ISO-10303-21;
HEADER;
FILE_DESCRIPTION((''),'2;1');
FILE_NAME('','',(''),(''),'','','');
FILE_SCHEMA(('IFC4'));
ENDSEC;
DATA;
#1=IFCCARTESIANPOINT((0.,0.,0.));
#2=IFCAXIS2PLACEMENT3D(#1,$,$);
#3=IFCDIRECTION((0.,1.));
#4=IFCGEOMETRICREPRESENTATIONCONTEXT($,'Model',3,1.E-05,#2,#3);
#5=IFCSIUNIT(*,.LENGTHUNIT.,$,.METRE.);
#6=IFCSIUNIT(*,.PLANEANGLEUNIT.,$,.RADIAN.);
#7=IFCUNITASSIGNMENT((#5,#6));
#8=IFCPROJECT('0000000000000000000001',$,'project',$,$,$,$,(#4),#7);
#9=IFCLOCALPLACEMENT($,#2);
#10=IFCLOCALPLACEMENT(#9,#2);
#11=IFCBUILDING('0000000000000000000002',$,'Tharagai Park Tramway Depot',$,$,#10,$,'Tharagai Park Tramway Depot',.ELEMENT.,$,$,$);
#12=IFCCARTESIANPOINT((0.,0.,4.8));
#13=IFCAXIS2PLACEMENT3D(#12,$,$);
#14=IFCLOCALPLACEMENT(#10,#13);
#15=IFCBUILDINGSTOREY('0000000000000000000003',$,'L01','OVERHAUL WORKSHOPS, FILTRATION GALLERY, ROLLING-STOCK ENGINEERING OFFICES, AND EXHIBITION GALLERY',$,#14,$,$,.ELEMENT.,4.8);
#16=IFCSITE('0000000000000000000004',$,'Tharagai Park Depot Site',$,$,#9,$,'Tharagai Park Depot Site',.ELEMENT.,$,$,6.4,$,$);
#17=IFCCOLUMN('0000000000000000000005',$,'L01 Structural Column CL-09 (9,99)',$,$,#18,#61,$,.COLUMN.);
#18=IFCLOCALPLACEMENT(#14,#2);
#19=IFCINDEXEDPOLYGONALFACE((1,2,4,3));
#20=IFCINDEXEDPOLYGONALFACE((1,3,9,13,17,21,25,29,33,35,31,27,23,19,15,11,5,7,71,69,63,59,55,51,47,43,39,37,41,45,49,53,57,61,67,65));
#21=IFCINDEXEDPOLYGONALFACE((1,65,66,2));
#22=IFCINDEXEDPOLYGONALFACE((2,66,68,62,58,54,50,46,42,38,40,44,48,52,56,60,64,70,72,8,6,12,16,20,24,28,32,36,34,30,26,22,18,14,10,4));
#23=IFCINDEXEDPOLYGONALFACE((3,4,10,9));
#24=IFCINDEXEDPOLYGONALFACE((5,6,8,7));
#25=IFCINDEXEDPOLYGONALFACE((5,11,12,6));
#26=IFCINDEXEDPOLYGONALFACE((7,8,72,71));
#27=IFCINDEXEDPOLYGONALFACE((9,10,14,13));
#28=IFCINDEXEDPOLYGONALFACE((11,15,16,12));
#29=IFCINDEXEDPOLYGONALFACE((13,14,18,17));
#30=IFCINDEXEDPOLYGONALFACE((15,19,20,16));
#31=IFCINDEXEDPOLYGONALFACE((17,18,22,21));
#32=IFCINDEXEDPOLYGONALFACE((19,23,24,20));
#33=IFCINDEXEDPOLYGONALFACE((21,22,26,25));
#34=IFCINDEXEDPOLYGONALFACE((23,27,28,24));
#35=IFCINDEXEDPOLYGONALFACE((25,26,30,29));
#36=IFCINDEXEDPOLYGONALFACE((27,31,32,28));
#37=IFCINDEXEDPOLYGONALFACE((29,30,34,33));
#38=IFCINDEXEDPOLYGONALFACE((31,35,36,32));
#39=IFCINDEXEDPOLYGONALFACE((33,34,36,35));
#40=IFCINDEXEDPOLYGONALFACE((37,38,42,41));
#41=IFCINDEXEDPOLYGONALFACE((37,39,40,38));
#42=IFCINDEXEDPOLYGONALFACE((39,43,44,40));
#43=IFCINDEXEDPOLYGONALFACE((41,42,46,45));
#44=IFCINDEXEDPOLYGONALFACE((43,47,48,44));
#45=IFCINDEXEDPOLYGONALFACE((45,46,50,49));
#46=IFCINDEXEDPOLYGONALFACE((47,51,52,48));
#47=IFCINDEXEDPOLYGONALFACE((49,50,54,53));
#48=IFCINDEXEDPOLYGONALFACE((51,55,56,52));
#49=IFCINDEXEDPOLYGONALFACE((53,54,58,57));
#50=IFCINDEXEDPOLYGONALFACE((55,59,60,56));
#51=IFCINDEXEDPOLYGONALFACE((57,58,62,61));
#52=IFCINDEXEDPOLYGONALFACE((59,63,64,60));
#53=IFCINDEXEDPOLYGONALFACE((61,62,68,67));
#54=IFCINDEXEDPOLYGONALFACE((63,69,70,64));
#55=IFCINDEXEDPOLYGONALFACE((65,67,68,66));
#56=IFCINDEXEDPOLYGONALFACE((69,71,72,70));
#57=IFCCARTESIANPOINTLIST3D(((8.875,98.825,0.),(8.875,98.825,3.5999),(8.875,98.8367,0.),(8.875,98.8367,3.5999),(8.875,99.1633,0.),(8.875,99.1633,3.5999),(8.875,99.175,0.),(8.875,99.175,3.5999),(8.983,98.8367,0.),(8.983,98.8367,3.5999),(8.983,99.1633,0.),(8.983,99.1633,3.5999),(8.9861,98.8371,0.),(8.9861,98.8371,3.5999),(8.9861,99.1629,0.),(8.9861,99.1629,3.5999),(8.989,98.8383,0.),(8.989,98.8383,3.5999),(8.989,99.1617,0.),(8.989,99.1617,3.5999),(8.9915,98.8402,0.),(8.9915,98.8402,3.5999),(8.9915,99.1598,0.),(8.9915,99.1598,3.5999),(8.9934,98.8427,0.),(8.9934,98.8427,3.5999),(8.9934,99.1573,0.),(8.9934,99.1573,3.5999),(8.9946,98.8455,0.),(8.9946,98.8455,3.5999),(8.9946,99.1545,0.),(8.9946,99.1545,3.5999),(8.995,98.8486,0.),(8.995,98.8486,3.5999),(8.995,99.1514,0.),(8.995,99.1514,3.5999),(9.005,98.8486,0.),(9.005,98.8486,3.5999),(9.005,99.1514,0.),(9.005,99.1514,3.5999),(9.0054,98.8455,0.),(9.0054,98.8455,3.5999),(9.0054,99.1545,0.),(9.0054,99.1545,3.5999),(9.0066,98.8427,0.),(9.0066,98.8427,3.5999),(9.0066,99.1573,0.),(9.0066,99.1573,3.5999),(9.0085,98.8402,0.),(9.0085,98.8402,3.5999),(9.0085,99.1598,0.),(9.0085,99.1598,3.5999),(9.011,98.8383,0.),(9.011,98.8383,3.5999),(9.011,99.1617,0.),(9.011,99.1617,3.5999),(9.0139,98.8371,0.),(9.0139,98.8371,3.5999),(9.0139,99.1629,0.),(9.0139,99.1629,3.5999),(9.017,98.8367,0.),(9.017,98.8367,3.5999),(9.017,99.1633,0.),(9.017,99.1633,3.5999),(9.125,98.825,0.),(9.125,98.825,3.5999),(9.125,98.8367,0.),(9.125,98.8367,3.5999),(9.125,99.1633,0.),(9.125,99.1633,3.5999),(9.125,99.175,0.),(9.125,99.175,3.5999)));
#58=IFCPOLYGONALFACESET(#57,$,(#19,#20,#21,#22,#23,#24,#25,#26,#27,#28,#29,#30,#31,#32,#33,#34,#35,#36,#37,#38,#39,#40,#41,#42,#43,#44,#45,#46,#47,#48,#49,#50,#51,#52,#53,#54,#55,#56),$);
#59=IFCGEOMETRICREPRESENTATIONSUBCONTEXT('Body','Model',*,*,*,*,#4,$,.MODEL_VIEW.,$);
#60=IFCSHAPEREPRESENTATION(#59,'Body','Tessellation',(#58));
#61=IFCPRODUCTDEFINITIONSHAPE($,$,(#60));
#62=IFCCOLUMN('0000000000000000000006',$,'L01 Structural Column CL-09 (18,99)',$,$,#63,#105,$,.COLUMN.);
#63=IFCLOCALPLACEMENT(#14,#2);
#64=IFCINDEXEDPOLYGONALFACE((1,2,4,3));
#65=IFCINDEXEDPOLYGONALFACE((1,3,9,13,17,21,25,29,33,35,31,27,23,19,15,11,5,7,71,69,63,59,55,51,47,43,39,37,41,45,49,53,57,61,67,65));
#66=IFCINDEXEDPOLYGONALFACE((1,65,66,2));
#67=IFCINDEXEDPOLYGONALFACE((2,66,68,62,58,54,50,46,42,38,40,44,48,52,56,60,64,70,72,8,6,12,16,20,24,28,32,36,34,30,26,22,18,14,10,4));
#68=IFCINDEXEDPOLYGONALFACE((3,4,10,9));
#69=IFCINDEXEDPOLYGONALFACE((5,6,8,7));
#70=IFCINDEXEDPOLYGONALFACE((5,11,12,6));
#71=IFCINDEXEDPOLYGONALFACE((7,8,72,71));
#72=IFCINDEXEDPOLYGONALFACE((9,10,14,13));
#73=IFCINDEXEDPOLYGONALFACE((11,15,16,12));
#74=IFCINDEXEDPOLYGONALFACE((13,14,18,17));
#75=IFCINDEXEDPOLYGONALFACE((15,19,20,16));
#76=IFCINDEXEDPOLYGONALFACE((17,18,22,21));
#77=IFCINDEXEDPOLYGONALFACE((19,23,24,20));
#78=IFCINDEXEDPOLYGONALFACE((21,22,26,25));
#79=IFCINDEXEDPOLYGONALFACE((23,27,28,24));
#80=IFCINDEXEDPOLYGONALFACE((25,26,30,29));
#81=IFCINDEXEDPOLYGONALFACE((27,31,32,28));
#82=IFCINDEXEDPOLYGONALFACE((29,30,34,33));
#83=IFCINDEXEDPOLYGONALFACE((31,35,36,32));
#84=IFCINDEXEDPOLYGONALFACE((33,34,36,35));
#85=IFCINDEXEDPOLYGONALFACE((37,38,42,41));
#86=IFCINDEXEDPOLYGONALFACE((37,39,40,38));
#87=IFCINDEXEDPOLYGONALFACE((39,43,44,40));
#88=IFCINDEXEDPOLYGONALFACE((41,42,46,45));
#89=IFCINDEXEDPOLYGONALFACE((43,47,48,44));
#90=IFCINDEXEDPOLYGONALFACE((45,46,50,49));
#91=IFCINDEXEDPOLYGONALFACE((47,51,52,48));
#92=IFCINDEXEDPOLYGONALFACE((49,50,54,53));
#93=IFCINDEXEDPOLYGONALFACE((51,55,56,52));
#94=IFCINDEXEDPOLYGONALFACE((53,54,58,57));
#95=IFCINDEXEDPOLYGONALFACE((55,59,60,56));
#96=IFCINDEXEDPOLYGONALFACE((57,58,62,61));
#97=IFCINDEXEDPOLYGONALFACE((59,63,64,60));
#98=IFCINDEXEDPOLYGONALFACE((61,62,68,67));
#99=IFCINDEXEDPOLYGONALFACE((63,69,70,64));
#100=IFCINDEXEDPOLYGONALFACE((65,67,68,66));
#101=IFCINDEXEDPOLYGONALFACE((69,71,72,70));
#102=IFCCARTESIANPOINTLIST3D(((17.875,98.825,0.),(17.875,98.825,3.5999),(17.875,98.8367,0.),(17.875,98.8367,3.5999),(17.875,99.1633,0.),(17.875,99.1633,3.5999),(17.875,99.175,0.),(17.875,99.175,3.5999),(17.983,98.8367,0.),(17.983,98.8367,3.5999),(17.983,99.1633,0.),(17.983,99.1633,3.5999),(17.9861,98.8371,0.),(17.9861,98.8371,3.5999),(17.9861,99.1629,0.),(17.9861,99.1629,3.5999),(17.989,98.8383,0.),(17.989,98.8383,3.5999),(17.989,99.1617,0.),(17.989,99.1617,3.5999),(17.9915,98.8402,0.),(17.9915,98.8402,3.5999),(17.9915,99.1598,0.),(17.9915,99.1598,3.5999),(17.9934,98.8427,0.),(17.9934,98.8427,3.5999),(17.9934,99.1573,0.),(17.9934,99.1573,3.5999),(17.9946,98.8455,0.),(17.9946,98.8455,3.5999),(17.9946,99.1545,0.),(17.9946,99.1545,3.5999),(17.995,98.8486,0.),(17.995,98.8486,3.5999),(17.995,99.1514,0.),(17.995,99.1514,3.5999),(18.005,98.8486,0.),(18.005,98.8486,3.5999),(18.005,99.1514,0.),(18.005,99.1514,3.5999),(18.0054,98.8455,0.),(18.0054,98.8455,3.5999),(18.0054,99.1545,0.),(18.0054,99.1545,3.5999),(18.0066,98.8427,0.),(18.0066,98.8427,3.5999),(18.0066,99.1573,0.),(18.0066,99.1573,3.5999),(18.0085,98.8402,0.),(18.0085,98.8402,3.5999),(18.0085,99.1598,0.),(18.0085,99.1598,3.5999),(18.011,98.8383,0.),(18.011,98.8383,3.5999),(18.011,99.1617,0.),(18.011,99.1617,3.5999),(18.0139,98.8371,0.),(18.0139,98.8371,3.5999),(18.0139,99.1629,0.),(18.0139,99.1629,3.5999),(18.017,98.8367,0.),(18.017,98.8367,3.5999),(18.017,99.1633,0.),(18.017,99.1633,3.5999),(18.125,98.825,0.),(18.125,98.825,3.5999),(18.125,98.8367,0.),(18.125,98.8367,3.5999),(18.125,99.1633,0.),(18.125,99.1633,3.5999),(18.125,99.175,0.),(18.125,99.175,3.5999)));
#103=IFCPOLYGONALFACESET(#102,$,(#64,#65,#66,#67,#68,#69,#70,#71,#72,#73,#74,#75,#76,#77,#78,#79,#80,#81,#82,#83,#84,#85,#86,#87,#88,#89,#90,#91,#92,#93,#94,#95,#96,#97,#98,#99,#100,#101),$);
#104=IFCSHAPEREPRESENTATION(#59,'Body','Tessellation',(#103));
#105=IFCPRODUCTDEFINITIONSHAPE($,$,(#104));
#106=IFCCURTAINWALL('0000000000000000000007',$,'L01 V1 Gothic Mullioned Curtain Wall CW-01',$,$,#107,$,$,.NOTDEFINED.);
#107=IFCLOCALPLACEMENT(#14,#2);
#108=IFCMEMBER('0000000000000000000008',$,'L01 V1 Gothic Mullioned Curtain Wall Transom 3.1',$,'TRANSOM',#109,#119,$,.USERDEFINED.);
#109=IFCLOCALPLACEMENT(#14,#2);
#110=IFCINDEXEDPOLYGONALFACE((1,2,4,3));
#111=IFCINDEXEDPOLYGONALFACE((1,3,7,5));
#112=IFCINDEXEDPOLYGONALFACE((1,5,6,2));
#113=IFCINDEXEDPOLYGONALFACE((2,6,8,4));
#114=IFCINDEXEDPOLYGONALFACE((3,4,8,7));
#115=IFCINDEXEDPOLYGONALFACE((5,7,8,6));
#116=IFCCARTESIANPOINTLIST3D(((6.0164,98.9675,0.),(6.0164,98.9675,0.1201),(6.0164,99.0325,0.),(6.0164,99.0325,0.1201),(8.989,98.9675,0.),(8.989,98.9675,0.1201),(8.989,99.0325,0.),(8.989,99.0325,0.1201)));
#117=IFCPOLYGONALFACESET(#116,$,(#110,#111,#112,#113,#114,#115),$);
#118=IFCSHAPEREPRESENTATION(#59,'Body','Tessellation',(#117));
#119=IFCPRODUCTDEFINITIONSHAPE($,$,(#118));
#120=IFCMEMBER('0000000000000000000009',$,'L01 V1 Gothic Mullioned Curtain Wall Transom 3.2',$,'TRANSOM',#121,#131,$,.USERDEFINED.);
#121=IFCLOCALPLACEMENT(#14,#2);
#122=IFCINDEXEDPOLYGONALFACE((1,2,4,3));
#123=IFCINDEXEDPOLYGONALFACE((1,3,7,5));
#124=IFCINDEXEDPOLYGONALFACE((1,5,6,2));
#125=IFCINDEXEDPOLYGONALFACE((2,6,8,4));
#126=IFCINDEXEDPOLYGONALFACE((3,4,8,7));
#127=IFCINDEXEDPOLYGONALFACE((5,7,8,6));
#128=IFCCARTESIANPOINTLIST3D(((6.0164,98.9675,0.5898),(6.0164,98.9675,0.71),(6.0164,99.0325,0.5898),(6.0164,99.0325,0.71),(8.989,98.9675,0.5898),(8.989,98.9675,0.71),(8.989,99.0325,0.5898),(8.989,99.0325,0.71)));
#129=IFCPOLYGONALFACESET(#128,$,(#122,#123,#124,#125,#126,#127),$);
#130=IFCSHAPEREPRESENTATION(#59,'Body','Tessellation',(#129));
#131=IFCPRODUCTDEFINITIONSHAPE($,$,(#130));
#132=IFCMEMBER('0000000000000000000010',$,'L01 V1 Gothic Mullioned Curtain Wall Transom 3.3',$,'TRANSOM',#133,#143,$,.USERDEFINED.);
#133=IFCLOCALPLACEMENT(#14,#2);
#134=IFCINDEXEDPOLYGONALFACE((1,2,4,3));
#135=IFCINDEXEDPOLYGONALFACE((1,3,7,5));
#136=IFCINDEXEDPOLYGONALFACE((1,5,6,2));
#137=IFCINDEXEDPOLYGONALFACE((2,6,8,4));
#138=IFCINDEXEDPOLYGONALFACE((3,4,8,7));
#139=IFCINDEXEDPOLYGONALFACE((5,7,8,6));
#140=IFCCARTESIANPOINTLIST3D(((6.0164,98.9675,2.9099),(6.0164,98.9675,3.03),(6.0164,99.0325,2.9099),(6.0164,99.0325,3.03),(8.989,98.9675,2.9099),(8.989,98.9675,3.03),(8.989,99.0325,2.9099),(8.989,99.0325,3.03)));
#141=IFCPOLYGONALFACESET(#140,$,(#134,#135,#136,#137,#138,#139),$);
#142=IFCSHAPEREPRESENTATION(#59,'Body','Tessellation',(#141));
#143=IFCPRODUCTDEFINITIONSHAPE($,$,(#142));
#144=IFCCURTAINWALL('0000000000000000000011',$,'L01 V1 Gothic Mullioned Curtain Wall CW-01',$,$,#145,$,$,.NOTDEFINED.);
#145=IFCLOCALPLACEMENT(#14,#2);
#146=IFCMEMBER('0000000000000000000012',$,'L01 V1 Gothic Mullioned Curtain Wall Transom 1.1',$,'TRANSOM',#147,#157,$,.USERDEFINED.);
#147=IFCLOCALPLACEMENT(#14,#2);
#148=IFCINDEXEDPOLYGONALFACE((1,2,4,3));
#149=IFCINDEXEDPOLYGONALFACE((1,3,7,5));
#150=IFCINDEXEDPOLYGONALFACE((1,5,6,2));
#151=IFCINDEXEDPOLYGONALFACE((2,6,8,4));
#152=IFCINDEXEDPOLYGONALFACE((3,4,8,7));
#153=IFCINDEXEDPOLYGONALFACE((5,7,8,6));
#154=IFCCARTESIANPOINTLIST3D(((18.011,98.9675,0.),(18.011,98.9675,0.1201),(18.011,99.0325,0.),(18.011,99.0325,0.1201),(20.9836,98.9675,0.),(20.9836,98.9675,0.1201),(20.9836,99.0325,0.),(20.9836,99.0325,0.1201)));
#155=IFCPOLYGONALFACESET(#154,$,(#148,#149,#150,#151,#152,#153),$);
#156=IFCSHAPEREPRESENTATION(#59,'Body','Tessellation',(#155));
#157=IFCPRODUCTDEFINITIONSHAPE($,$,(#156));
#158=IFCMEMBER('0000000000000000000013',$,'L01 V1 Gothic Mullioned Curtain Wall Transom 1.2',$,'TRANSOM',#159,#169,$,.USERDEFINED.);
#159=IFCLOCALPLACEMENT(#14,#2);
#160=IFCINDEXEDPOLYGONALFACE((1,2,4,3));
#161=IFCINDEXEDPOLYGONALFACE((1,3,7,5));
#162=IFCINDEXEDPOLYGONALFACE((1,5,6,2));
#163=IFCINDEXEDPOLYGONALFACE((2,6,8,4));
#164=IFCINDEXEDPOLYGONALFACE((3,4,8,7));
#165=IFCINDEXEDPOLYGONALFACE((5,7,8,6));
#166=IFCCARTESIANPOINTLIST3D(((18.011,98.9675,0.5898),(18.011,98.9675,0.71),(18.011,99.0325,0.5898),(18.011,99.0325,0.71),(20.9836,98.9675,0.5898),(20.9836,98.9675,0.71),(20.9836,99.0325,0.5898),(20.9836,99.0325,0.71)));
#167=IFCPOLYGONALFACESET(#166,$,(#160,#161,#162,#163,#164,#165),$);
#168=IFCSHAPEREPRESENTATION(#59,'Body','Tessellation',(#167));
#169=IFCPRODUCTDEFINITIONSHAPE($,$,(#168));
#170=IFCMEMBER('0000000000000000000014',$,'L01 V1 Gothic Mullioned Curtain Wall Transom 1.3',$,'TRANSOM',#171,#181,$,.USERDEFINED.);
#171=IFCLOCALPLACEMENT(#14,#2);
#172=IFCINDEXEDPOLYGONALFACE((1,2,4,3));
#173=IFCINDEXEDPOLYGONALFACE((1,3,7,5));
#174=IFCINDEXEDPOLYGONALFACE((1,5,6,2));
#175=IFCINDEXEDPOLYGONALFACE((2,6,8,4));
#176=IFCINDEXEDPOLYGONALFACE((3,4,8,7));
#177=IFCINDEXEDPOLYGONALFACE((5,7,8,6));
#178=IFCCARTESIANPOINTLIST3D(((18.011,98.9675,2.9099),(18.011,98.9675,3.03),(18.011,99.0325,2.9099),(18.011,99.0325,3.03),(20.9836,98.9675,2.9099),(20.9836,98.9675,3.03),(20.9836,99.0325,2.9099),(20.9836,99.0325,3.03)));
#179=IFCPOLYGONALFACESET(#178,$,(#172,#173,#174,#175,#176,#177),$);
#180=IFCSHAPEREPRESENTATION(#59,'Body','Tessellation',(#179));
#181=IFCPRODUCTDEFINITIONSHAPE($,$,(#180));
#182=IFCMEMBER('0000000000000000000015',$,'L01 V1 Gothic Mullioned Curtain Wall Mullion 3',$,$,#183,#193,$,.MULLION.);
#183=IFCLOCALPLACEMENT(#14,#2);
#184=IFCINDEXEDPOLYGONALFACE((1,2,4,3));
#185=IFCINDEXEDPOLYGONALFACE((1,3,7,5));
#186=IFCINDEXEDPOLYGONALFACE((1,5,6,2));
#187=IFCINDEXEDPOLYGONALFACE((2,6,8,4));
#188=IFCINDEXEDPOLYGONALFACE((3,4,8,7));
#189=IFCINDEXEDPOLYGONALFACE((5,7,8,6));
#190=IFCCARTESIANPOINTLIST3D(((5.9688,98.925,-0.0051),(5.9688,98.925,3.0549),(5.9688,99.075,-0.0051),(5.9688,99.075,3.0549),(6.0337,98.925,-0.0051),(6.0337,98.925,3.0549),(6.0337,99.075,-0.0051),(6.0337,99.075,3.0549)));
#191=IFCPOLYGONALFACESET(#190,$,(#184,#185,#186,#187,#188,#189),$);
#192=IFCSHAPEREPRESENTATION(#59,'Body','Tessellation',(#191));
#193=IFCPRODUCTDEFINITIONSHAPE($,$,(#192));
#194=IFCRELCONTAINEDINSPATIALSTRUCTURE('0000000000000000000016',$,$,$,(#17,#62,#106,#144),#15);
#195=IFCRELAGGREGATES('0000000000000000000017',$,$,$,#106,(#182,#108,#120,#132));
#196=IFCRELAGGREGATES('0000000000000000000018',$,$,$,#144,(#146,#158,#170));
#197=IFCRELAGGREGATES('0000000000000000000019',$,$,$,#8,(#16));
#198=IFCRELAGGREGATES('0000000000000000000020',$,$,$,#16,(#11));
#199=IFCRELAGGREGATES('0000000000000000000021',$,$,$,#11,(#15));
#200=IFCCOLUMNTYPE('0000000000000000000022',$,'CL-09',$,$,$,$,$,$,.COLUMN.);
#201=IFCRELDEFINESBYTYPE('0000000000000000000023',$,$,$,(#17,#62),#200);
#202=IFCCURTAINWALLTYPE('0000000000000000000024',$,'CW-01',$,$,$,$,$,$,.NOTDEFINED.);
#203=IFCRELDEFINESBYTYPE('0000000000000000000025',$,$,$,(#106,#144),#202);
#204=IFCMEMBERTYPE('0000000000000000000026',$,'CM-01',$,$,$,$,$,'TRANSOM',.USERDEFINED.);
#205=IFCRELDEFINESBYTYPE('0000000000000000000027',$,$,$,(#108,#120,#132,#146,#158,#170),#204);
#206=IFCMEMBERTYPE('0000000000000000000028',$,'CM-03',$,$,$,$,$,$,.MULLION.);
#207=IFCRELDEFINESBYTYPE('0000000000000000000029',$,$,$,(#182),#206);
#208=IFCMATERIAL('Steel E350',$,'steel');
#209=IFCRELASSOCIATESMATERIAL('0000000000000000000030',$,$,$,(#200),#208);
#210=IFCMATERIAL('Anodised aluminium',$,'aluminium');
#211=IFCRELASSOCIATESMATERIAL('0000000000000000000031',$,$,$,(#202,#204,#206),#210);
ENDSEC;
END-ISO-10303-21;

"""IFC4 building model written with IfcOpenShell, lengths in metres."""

from ifc_helpers import new_model, si_unit, direction, frame, origin, origin_2d, place, context, subcontext, project, spatial, rectangle, i_section, extrude, material, material_profile, profile_set, type_object, element, aggregate, save


model = new_model("IFC4")

# Units and contexts
model_context = context("Model", 3, precision=1e-05, world=origin(), true_north=direction((0.0, 1.0)))
body_context = subcontext(model_context, "Body", "Model", "MODEL_VIEW")
ifc_project = project(units=[si_unit("LENGTHUNIT", "METRE"), si_unit("PLANEANGLEUNIT", "RADIAN")], contexts=[model_context])

# Site, building, storey
site_placement = place(None, origin())
site = spatial("IfcSite", under=ifc_project, at=site_placement, Name="Tharagai Park Depot Site", LongName="Tharagai Park Depot Site", CompositionType="ELEMENT", RefElevation=6.4)
building_placement = place(site_placement, origin())
building = spatial("IfcBuilding", under=site, at=building_placement, Name="Tharagai Park Tramway Depot", LongName="Tharagai Park Tramway Depot", CompositionType="ELEMENT")
storey_placement = place(building_placement, frame((0.0, 0.0, 4.8)))
storey = spatial("IfcBuildingStorey", under=building, at=storey_placement, Name="L01", Description="OVERHAUL WORKSHOPS, FILTRATION GALLERY, ROLLING-STOCK ENGINEERING OFFICES, AND EXHIBITION GALLERY", CompositionType="ELEMENT", Elevation=4.8)

# Columns
ifc_material_1 = material(Name="Steel E350", Category="steel")
ifc_material_profile_1 = material_profile(ifc_material_1, i_section(OverallWidth=0.25, OverallDepth=0.3501, WebThickness=0.01, FlangeThickness=0.0117, FilletRadius=0.012, at=origin_2d()), Name="ISHB 350")
ifc_profile_set_1 = profile_set([ifc_material_profile_1], Name="Steel E350")
column_type = type_object("IfcColumnType", Name="CL-09", PredefinedType="COLUMN", material=ifc_profile_set_1)
for number, where, z_axis, x_axis, name in (
    (1, (9.0, 99.0, 0.0), (0.0, 0.0, 1.0), (1.0, 0.0, 0.0), "L01 Structural Column CL-09 (9,99)"),
    (2, (18.0, 99.0, 0.0), (0.0, 0.0, 1.0), (1.0, 0.0, 0.0), "L01 Structural Column CL-09 (18,99)"),
):
    element("IfcColumn", number, at=place(storey_placement, frame(where, z_axis=z_axis, x_axis=x_axis)), inside=storey, type_object=column_type, Name=name, PredefinedType="COLUMN", context=body_context, shape_type="SweptSolid", body=[
        extrude(i_section(OverallWidth=0.25, OverallDepth=0.3501, WebThickness=0.01, FlangeThickness=0.0117, FilletRadius=0.012, at=origin_2d()), origin(), (0.0, 0.0, 1.0), 3.5999),
    ])

# Curtain walls, members
ifc_material_2 = material(Name="Anodised aluminium", Category="aluminium")
curtain_wall_type = type_object("IfcCurtainWallType", Name="CW-01", PredefinedType="NOTDEFINED", material=ifc_material_2)
curtain_wall_1_placement = place(storey_placement, origin())
curtain_wall_1 = element("IfcCurtainWall", 3, at=curtain_wall_1_placement, inside=storey, type_object=curtain_wall_type, Name="L01 V1 Gothic Mullioned Curtain Wall CW-01", PredefinedType="NOTDEFINED")
ifc_material_profile_2 = material_profile(ifc_material_2, rectangle(XDim=0.0649, YDim=0.1201, at=origin_2d()), Name="ALU 65x120")
ifc_profile_set_2 = profile_set([ifc_material_profile_2], Name="Anodised aluminium")
member_type_1 = type_object("IfcMemberType", Name="CM-01", ElementType="TRANSOM", PredefinedType="USERDEFINED", material=ifc_profile_set_2)
member_1_placement = place(storey_placement, frame((6.0164, 99.0, 0.0601), z_axis=(1.0, 0.0, 0.0), x_axis=(0.0, 1.0, 0.0)))
member_1 = element("IfcMember", 4, at=member_1_placement, type_object=member_type_1, Name="L01 V1 Gothic Mullioned Curtain Wall Transom 3.1", ObjectType="TRANSOM", PredefinedType="USERDEFINED", context=body_context, shape_type="SweptSolid", body=[
    extrude(rectangle(XDim=0.0649, YDim=0.1201, at=origin_2d()), origin(), (0.0, 0.0, 1.0), 2.9727),
])
member_2_placement = place(storey_placement, frame((6.0164, 99.0, 0.6499), z_axis=(1.0, 0.0, 0.0), x_axis=(0.0, 1.0, 0.0)))
member_2 = element("IfcMember", 5, at=member_2_placement, type_object=member_type_1, Name="L01 V1 Gothic Mullioned Curtain Wall Transom 3.2", ObjectType="TRANSOM", PredefinedType="USERDEFINED", context=body_context, shape_type="SweptSolid", body=[
    extrude(rectangle(XDim=0.0649, YDim=0.1201, at=origin_2d()), origin(), (0.0, 0.0, 1.0), 2.9727),
])
member_3_placement = place(storey_placement, frame((6.0164, 99.0, 2.97), z_axis=(1.0, 0.0, 0.0), x_axis=(0.0, 1.0, 0.0)))
member_3 = element("IfcMember", 6, at=member_3_placement, type_object=member_type_1, Name="L01 V1 Gothic Mullioned Curtain Wall Transom 3.3", ObjectType="TRANSOM", PredefinedType="USERDEFINED", context=body_context, shape_type="SweptSolid", body=[
    extrude(rectangle(XDim=0.0649, YDim=0.1201, at=origin_2d()), origin(), (0.0, 0.0, 1.0), 2.9727),
])
curtain_wall_2_placement = place(storey_placement, origin())
curtain_wall_2 = element("IfcCurtainWall", 7, at=curtain_wall_2_placement, inside=storey, type_object=curtain_wall_type, Name="L01 V1 Gothic Mullioned Curtain Wall CW-01", PredefinedType="NOTDEFINED")
member_4_placement = place(storey_placement, frame((18.011, 99.0, 0.0601), z_axis=(1.0, 0.0, 0.0), x_axis=(0.0, 1.0, 0.0)))
member_4 = element("IfcMember", 8, at=member_4_placement, type_object=member_type_1, Name="L01 V1 Gothic Mullioned Curtain Wall Transom 1.1", ObjectType="TRANSOM", PredefinedType="USERDEFINED", context=body_context, shape_type="SweptSolid", body=[
    extrude(rectangle(XDim=0.0649, YDim=0.1201, at=origin_2d()), origin(), (0.0, 0.0, 1.0), 2.9727),
])
member_5_placement = place(storey_placement, frame((18.011, 99.0, 0.6499), z_axis=(1.0, 0.0, 0.0), x_axis=(0.0, 1.0, 0.0)))
member_5 = element("IfcMember", 9, at=member_5_placement, type_object=member_type_1, Name="L01 V1 Gothic Mullioned Curtain Wall Transom 1.2", ObjectType="TRANSOM", PredefinedType="USERDEFINED", context=body_context, shape_type="SweptSolid", body=[
    extrude(rectangle(XDim=0.0649, YDim=0.1201, at=origin_2d()), origin(), (0.0, 0.0, 1.0), 2.9727),
])
member_6_placement = place(storey_placement, frame((18.011, 99.0, 2.97), z_axis=(1.0, 0.0, 0.0), x_axis=(0.0, 1.0, 0.0)))
member_6 = element("IfcMember", 10, at=member_6_placement, type_object=member_type_1, Name="L01 V1 Gothic Mullioned Curtain Wall Transom 1.3", ObjectType="TRANSOM", PredefinedType="USERDEFINED", context=body_context, shape_type="SweptSolid", body=[
    extrude(rectangle(XDim=0.0649, YDim=0.1201, at=origin_2d()), origin(), (0.0, 0.0, 1.0), 2.9727),
])

# Member
ifc_material_profile_3 = material_profile(ifc_material_2, rectangle(XDim=0.0649, YDim=0.1499, at=origin_2d()), Name="ALU 65x150")
ifc_profile_set_3 = profile_set([ifc_material_profile_3], Name="Anodised aluminium")
member_type_2 = type_object("IfcMemberType", Name="CM-03", PredefinedType="MULLION", material=ifc_profile_set_3)
member_7_placement = place(storey_placement, frame((6.0012, 99.0, -0.0051), z_axis=(0.0, 0.0, 1.0), x_axis=(1.0, 0.0, 0.0)))
member_7 = element("IfcMember", 11, at=member_7_placement, type_object=member_type_2, Name="L01 V1 Gothic Mullioned Curtain Wall Mullion 3", PredefinedType="MULLION", context=body_context, shape_type="SweptSolid", body=[
    extrude(rectangle(XDim=0.0649, YDim=0.1499, at=origin_2d()), origin(), (0.0, 0.0, 1.0), 3.0601),
])

aggregate(curtain_wall_1, [member_7, member_1, member_2, member_3])
aggregate(curtain_wall_2, [member_4, member_5, member_6])

save(model, "model.ifc")
